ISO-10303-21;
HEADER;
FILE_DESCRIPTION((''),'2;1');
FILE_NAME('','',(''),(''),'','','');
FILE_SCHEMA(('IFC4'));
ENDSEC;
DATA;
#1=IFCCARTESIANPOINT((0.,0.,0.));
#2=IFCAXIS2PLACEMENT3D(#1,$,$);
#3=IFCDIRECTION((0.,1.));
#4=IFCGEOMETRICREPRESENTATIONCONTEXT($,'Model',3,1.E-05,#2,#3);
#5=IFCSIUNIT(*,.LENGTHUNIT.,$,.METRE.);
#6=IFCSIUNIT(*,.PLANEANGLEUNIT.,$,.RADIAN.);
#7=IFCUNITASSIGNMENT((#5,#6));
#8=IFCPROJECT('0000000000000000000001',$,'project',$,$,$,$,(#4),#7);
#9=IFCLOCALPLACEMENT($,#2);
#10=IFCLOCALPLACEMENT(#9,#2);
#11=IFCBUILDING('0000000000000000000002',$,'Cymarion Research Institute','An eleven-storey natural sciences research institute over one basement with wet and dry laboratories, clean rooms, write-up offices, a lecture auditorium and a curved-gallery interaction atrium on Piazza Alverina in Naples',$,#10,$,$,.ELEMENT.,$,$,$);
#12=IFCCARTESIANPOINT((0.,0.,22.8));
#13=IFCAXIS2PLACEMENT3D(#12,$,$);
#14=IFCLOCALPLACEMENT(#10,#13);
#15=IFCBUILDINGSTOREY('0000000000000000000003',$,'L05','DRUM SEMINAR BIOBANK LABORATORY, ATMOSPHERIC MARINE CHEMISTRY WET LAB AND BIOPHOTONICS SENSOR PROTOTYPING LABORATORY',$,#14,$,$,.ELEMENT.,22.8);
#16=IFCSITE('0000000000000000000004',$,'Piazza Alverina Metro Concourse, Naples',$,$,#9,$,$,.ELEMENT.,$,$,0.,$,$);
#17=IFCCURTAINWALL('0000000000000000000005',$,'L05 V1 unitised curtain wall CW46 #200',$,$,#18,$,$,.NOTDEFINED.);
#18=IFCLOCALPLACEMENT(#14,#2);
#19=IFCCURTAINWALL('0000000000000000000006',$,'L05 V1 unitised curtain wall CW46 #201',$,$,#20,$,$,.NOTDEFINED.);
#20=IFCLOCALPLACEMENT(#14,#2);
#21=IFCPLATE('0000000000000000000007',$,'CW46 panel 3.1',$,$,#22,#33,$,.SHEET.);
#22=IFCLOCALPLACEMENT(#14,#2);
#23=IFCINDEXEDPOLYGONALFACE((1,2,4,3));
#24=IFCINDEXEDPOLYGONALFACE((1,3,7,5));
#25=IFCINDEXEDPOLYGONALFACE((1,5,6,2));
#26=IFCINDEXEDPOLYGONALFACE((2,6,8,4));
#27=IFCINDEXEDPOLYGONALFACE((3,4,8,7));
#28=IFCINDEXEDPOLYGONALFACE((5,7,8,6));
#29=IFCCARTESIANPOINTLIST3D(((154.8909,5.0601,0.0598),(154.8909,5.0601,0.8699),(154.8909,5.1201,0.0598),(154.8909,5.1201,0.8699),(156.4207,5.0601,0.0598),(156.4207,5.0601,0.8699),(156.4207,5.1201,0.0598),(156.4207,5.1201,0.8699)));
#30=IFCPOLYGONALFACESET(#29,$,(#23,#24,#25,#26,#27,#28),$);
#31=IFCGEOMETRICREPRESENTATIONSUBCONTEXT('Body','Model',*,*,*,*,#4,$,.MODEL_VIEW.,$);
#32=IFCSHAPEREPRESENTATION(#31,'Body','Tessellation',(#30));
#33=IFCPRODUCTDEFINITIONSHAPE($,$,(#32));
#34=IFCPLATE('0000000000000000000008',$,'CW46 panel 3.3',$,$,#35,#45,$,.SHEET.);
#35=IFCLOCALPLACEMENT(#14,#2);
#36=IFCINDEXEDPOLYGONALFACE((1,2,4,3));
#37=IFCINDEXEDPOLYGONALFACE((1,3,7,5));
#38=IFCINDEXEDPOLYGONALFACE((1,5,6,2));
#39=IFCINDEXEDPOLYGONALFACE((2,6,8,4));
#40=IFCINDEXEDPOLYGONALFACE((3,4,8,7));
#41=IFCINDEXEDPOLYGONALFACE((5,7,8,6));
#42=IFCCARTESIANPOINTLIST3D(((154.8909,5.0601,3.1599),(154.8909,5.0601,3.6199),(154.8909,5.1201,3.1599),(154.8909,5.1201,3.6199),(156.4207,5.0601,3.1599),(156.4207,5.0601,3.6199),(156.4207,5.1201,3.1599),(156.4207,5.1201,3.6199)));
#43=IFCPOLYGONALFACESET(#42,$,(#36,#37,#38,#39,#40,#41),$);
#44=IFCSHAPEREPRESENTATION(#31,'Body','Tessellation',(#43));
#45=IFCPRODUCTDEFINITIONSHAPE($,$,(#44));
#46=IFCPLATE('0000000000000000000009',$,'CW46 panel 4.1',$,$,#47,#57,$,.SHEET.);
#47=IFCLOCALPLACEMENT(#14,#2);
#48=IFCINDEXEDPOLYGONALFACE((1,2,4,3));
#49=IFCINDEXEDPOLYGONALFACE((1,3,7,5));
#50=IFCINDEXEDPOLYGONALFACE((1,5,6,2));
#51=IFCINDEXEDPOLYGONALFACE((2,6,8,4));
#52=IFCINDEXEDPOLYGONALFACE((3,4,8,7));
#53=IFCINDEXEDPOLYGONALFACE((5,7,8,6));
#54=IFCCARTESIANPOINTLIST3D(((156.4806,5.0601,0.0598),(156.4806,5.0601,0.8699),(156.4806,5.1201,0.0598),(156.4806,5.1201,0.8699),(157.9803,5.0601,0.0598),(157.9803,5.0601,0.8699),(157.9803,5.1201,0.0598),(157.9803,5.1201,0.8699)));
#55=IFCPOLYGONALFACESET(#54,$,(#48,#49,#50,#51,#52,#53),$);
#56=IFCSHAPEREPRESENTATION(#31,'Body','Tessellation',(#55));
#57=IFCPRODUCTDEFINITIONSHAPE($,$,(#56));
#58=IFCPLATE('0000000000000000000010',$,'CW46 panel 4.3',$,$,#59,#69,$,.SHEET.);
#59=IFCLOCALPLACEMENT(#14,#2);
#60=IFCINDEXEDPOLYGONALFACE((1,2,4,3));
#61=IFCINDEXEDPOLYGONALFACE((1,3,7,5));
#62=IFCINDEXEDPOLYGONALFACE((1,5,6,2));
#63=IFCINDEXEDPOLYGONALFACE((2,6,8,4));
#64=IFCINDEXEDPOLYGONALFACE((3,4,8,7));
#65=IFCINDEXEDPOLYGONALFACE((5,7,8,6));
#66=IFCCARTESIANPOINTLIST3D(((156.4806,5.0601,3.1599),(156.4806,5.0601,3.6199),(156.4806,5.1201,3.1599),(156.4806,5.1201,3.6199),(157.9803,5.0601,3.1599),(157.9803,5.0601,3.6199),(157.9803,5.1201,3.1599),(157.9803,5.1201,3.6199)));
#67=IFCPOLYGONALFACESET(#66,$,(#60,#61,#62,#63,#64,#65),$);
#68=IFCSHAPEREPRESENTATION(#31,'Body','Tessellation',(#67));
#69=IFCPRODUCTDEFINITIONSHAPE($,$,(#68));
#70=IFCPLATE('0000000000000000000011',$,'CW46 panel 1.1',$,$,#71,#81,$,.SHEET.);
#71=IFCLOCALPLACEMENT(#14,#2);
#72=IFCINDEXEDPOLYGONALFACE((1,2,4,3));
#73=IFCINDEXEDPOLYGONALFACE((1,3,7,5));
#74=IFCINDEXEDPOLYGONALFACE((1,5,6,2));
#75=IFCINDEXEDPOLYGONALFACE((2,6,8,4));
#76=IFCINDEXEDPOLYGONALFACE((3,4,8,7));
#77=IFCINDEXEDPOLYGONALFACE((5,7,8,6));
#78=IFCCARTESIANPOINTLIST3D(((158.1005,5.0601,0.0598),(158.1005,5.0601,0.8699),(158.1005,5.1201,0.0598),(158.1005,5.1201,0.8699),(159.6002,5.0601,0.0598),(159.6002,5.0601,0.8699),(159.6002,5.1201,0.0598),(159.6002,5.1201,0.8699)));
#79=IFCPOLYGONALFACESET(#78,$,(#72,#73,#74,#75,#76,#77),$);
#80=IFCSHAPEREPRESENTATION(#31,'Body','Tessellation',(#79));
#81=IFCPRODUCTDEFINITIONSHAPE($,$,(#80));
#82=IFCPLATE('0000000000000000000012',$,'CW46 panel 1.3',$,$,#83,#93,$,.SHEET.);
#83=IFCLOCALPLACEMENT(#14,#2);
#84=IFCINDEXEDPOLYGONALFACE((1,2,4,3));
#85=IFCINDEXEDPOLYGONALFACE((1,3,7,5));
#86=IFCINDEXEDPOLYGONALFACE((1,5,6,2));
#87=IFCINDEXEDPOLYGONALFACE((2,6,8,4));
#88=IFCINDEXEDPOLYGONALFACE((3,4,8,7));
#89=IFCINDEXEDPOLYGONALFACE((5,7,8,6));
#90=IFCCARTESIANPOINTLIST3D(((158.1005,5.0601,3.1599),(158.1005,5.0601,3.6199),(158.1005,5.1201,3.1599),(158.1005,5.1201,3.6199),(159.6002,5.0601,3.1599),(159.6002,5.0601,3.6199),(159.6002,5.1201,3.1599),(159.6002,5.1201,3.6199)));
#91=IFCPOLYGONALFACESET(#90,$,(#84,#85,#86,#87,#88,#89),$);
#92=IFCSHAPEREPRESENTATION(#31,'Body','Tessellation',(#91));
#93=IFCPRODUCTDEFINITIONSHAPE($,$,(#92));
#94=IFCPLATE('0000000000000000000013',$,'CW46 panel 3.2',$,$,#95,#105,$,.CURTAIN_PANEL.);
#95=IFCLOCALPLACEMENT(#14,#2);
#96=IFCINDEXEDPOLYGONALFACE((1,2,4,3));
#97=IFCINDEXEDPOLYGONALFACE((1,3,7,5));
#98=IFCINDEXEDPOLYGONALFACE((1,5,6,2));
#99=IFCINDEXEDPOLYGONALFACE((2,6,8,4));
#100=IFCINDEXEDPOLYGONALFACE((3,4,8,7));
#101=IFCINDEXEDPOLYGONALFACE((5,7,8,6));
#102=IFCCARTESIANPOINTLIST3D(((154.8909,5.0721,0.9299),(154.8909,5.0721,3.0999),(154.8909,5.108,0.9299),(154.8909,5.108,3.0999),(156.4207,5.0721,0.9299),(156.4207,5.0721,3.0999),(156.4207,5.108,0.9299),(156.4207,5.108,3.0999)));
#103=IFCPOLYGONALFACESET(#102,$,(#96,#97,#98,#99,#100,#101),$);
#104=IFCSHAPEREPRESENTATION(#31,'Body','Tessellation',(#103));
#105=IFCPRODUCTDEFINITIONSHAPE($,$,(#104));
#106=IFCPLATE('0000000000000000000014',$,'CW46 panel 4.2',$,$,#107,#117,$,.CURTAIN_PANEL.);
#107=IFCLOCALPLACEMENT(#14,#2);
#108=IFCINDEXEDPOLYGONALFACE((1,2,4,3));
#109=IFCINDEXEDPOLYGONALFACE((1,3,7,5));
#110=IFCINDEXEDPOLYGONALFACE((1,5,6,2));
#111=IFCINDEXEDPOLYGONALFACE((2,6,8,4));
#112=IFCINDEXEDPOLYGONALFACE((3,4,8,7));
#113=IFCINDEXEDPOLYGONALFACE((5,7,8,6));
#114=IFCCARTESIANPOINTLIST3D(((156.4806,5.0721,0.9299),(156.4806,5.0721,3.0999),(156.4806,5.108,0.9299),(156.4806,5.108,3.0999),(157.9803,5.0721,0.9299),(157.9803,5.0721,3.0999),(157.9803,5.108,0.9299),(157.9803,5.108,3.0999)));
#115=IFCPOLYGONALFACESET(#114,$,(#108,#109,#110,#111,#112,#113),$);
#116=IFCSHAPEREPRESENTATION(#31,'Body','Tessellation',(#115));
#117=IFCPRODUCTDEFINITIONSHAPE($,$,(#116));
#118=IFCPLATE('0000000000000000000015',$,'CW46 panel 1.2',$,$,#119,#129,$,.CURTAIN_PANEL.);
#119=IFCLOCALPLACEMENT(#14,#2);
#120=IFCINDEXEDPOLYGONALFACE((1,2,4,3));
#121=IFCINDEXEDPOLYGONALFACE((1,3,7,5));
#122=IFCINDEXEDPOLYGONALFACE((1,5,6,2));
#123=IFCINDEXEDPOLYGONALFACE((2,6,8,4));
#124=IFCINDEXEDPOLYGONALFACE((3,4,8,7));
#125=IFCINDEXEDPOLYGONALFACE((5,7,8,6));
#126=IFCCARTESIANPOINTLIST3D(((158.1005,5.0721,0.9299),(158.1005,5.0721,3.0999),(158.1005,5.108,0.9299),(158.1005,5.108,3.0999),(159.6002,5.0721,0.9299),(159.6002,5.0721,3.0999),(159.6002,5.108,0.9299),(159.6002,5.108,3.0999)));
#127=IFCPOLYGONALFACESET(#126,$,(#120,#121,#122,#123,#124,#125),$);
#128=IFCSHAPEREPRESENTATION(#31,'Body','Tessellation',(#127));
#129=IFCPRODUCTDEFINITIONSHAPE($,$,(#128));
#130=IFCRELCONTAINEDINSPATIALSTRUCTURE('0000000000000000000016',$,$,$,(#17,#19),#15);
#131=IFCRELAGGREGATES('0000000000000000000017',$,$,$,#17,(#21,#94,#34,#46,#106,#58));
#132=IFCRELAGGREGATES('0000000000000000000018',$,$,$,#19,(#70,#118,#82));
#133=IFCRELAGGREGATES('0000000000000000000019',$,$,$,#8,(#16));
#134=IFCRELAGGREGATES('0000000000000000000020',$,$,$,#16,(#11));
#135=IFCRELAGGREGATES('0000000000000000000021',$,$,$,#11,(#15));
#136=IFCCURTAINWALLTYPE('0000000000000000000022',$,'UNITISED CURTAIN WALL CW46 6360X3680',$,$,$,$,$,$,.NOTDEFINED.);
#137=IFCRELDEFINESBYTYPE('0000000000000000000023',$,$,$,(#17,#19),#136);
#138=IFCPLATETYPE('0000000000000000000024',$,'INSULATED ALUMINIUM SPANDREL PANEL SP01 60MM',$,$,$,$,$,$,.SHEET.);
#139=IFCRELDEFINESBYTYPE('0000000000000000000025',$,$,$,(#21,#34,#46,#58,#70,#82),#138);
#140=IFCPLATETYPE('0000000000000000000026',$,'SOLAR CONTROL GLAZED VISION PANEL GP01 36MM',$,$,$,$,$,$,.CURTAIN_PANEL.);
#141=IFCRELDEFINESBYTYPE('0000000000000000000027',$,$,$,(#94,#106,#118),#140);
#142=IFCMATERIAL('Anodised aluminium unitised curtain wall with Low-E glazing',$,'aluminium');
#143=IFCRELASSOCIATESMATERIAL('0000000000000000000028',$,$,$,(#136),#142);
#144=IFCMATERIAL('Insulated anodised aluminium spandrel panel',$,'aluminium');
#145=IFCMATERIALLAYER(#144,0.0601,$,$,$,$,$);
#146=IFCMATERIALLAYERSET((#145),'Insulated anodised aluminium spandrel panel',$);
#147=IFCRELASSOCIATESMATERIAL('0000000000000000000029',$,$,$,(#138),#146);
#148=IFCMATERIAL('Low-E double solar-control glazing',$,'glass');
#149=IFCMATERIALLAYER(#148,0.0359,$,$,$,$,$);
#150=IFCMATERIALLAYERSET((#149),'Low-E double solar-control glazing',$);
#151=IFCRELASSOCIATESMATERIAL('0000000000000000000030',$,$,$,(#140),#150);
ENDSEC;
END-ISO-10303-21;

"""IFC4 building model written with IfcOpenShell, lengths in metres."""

from ifc_helpers import new_model, si_unit, direction, frame, origin, origin_2d, place, context, subcontext, project, spatial, rectangle, extrude, material, layer, layer_set, type_object, element, aggregate, save


model = new_model("IFC4")

# Units and contexts
model_context = context("Model", 3, precision=1e-05, world=origin(), true_north=direction((0.0, 1.0)))
body_context = subcontext(model_context, "Body", "Model", "MODEL_VIEW")
ifc_project = project(units=[si_unit("LENGTHUNIT", "METRE"), si_unit("PLANEANGLEUNIT", "RADIAN")], contexts=[model_context])

# Site, building, storey
site_placement = place(None, origin())
site = spatial("IfcSite", under=ifc_project, at=site_placement, Name="Piazza Alverina Metro Concourse, Naples", CompositionType="ELEMENT", RefElevation=0.0)
building_placement = place(site_placement, origin())
building = spatial("IfcBuilding", under=site, at=building_placement, Name="Cymarion Research Institute", Description="An eleven-storey natural sciences research institute over one basement with wet and dry laboratories, clean rooms, write-up offices, a lecture auditorium and a curved-gallery interaction atrium on Piazza Alverina in Naples", CompositionType="ELEMENT")
storey_placement = place(building_placement, frame((0.0, 0.0, 22.8)))
storey = spatial("IfcBuildingStorey", under=building, at=storey_placement, Name="L05", Description="DRUM SEMINAR BIOBANK LABORATORY, ATMOSPHERIC MARINE CHEMISTRY WET LAB AND BIOPHOTONICS SENSOR PROTOTYPING LABORATORY", CompositionType="ELEMENT", Elevation=22.8)

# Curtain wall
ifc_material_1 = material(Name="Anodised aluminium unitised curtain wall with Low-E glazing", Category="aluminium")
curtain_wall_type = type_object("IfcCurtainWallType", Name="UNITISED CURTAIN WALL CW46 6360X3680", PredefinedType="NOTDEFINED", material=ifc_material_1)
curtain_wall_1_placement = place(storey_placement, origin())
curtain_wall_1 = element("IfcCurtainWall", 1, at=curtain_wall_1_placement, inside=storey, type_object=curtain_wall_type, Name="L05 V1 unitised curtain wall CW46 #200", PredefinedType="NOTDEFINED")

# Curtain wall
curtain_wall_2_placement = place(storey_placement, origin())
curtain_wall_2 = element("IfcCurtainWall", 2, at=curtain_wall_2_placement, inside=storey, type_object=curtain_wall_type, Name="L05 V1 unitised curtain wall CW46 #201", PredefinedType="NOTDEFINED")

# Plates
ifc_material_2 = material(Name="Insulated anodised aluminium spandrel panel", Category="aluminium")
ifc_layer_1 = layer(ifc_material_2, 0.0601)
ifc_layer_set_1 = layer_set([ifc_layer_1], Name="Insulated anodised aluminium spandrel panel")
plate_type_1 = type_object("IfcPlateType", Name="INSULATED ALUMINIUM SPANDREL PANEL SP01 60MM", PredefinedType="SHEET", material=ifc_layer_set_1)
plate_1_placement = place(storey_placement, frame((155.6558, 5.0901, 0.0598), z_axis=(0.0, 0.0, 1.0), x_axis=(1.0, 0.0, 0.0)))
plate_1 = element("IfcPlate", 3, at=plate_1_placement, type_object=plate_type_1, Name="CW46 panel 3.1", PredefinedType="SHEET", context=body_context, shape_type="SweptSolid", body=[
    extrude(rectangle(XDim=1.5298, YDim=0.0601, at=origin_2d()), origin(), (0.0, 0.0, 1.0), 0.8101),
])
plate_2_placement = place(storey_placement, frame((155.6558, 5.0901, 3.1599), z_axis=(0.0, 0.0, 1.0), x_axis=(1.0, 0.0, 0.0)))
plate_2 = element("IfcPlate", 4, at=plate_2_placement, type_object=plate_type_1, Name="CW46 panel 3.3", PredefinedType="SHEET", context=body_context, shape_type="SweptSolid", body=[
    extrude(rectangle(XDim=1.5298, YDim=0.0601, at=origin_2d()), origin(), (0.0, 0.0, 1.0), 0.46),
])
plate_3_placement = place(storey_placement, frame((157.2305, 5.0901, 0.0598), z_axis=(0.0, 0.0, 1.0), x_axis=(1.0, 0.0, 0.0)))
plate_3 = element("IfcPlate", 5, at=plate_3_placement, type_object=plate_type_1, Name="CW46 panel 4.1", PredefinedType="SHEET", context=body_context, shape_type="SweptSolid", body=[
    extrude(rectangle(XDim=1.4998, YDim=0.0601, at=origin_2d()), origin(), (0.0, 0.0, 1.0), 0.8101),
])
plate_4_placement = place(storey_placement, frame((157.2305, 5.0901, 3.1599), z_axis=(0.0, 0.0, 1.0), x_axis=(1.0, 0.0, 0.0)))
plate_4 = element("IfcPlate", 6, at=plate_4_placement, type_object=plate_type_1, Name="CW46 panel 4.3", PredefinedType="SHEET", context=body_context, shape_type="SweptSolid", body=[
    extrude(rectangle(XDim=1.4998, YDim=0.0601, at=origin_2d()), origin(), (0.0, 0.0, 1.0), 0.46),
])
plate_5_placement = place(storey_placement, frame((158.8503, 5.0901, 0.0598), z_axis=(0.0, 0.0, 1.0), x_axis=(1.0, 0.0, 0.0)))
plate_5 = element("IfcPlate", 7, at=plate_5_placement, type_object=plate_type_1, Name="CW46 panel 1.1", PredefinedType="SHEET", context=body_context, shape_type="SweptSolid", body=[
    extrude(rectangle(XDim=1.4998, YDim=0.0601, at=origin_2d()), origin(), (0.0, 0.0, 1.0), 0.8101),
])
plate_6_placement = place(storey_placement, frame((158.8503, 5.0901, 3.1599), z_axis=(0.0, 0.0, 1.0), x_axis=(1.0, 0.0, 0.0)))
plate_6 = element("IfcPlate", 8, at=plate_6_placement, type_object=plate_type_1, Name="CW46 panel 1.3", PredefinedType="SHEET", context=body_context, shape_type="SweptSolid", body=[
    extrude(rectangle(XDim=1.4998, YDim=0.0601, at=origin_2d()), origin(), (0.0, 0.0, 1.0), 0.46),
])
ifc_material_3 = material(Name="Low-E double solar-control glazing", Category="glass")
ifc_layer_2 = layer(ifc_material_3, 0.0359)
ifc_layer_set_2 = layer_set([ifc_layer_2], Name="Low-E double solar-control glazing")
plate_type_2 = type_object("IfcPlateType", Name="SOLAR CONTROL GLAZED VISION PANEL GP01 36MM", PredefinedType="CURTAIN_PANEL", material=ifc_layer_set_2)
plate_7_placement = place(storey_placement, frame((155.6558, 5.0901, 0.9299), z_axis=(0.0, 0.0, 1.0), x_axis=(1.0, 0.0, 0.0)))
plate_7 = element("IfcPlate", 9, at=plate_7_placement, type_object=plate_type_2, Name="CW46 panel 3.2", PredefinedType="CURTAIN_PANEL", context=body_context, shape_type="SweptSolid", body=[
    extrude(rectangle(XDim=1.5298, YDim=0.0359, at=origin_2d()), origin(), (0.0, 0.0, 1.0), 2.1699),
])
plate_8_placement = place(storey_placement, frame((157.2305, 5.0901, 0.9299), z_axis=(0.0, 0.0, 1.0), x_axis=(1.0, 0.0, 0.0)))
plate_8 = element("IfcPlate", 10, at=plate_8_placement, type_object=plate_type_2, Name="CW46 panel 4.2", PredefinedType="CURTAIN_PANEL", context=body_context, shape_type="SweptSolid", body=[
    extrude(rectangle(XDim=1.4998, YDim=0.0359, at=origin_2d()), origin(), (0.0, 0.0, 1.0), 2.1699),
])
aggregate(curtain_wall_1, [plate_1, plate_7, plate_2, plate_3, plate_8, plate_4])
plate_9_placement = place(storey_placement, frame((158.8503, 5.0901, 0.9299), z_axis=(0.0, 0.0, 1.0), x_axis=(1.0, 0.0, 0.0)))
plate_9 = element("IfcPlate", 11, at=plate_9_placement, type_object=plate_type_2, Name="CW46 panel 1.2", PredefinedType="CURTAIN_PANEL", context=body_context, shape_type="SweptSolid", body=[
    extrude(rectangle(XDim=1.4998, YDim=0.0359, at=origin_2d()), origin(), (0.0, 0.0, 1.0), 2.1699),
])
aggregate(curtain_wall_2, [plate_5, plate_9, plate_6])

save(model, "model.ifc")
